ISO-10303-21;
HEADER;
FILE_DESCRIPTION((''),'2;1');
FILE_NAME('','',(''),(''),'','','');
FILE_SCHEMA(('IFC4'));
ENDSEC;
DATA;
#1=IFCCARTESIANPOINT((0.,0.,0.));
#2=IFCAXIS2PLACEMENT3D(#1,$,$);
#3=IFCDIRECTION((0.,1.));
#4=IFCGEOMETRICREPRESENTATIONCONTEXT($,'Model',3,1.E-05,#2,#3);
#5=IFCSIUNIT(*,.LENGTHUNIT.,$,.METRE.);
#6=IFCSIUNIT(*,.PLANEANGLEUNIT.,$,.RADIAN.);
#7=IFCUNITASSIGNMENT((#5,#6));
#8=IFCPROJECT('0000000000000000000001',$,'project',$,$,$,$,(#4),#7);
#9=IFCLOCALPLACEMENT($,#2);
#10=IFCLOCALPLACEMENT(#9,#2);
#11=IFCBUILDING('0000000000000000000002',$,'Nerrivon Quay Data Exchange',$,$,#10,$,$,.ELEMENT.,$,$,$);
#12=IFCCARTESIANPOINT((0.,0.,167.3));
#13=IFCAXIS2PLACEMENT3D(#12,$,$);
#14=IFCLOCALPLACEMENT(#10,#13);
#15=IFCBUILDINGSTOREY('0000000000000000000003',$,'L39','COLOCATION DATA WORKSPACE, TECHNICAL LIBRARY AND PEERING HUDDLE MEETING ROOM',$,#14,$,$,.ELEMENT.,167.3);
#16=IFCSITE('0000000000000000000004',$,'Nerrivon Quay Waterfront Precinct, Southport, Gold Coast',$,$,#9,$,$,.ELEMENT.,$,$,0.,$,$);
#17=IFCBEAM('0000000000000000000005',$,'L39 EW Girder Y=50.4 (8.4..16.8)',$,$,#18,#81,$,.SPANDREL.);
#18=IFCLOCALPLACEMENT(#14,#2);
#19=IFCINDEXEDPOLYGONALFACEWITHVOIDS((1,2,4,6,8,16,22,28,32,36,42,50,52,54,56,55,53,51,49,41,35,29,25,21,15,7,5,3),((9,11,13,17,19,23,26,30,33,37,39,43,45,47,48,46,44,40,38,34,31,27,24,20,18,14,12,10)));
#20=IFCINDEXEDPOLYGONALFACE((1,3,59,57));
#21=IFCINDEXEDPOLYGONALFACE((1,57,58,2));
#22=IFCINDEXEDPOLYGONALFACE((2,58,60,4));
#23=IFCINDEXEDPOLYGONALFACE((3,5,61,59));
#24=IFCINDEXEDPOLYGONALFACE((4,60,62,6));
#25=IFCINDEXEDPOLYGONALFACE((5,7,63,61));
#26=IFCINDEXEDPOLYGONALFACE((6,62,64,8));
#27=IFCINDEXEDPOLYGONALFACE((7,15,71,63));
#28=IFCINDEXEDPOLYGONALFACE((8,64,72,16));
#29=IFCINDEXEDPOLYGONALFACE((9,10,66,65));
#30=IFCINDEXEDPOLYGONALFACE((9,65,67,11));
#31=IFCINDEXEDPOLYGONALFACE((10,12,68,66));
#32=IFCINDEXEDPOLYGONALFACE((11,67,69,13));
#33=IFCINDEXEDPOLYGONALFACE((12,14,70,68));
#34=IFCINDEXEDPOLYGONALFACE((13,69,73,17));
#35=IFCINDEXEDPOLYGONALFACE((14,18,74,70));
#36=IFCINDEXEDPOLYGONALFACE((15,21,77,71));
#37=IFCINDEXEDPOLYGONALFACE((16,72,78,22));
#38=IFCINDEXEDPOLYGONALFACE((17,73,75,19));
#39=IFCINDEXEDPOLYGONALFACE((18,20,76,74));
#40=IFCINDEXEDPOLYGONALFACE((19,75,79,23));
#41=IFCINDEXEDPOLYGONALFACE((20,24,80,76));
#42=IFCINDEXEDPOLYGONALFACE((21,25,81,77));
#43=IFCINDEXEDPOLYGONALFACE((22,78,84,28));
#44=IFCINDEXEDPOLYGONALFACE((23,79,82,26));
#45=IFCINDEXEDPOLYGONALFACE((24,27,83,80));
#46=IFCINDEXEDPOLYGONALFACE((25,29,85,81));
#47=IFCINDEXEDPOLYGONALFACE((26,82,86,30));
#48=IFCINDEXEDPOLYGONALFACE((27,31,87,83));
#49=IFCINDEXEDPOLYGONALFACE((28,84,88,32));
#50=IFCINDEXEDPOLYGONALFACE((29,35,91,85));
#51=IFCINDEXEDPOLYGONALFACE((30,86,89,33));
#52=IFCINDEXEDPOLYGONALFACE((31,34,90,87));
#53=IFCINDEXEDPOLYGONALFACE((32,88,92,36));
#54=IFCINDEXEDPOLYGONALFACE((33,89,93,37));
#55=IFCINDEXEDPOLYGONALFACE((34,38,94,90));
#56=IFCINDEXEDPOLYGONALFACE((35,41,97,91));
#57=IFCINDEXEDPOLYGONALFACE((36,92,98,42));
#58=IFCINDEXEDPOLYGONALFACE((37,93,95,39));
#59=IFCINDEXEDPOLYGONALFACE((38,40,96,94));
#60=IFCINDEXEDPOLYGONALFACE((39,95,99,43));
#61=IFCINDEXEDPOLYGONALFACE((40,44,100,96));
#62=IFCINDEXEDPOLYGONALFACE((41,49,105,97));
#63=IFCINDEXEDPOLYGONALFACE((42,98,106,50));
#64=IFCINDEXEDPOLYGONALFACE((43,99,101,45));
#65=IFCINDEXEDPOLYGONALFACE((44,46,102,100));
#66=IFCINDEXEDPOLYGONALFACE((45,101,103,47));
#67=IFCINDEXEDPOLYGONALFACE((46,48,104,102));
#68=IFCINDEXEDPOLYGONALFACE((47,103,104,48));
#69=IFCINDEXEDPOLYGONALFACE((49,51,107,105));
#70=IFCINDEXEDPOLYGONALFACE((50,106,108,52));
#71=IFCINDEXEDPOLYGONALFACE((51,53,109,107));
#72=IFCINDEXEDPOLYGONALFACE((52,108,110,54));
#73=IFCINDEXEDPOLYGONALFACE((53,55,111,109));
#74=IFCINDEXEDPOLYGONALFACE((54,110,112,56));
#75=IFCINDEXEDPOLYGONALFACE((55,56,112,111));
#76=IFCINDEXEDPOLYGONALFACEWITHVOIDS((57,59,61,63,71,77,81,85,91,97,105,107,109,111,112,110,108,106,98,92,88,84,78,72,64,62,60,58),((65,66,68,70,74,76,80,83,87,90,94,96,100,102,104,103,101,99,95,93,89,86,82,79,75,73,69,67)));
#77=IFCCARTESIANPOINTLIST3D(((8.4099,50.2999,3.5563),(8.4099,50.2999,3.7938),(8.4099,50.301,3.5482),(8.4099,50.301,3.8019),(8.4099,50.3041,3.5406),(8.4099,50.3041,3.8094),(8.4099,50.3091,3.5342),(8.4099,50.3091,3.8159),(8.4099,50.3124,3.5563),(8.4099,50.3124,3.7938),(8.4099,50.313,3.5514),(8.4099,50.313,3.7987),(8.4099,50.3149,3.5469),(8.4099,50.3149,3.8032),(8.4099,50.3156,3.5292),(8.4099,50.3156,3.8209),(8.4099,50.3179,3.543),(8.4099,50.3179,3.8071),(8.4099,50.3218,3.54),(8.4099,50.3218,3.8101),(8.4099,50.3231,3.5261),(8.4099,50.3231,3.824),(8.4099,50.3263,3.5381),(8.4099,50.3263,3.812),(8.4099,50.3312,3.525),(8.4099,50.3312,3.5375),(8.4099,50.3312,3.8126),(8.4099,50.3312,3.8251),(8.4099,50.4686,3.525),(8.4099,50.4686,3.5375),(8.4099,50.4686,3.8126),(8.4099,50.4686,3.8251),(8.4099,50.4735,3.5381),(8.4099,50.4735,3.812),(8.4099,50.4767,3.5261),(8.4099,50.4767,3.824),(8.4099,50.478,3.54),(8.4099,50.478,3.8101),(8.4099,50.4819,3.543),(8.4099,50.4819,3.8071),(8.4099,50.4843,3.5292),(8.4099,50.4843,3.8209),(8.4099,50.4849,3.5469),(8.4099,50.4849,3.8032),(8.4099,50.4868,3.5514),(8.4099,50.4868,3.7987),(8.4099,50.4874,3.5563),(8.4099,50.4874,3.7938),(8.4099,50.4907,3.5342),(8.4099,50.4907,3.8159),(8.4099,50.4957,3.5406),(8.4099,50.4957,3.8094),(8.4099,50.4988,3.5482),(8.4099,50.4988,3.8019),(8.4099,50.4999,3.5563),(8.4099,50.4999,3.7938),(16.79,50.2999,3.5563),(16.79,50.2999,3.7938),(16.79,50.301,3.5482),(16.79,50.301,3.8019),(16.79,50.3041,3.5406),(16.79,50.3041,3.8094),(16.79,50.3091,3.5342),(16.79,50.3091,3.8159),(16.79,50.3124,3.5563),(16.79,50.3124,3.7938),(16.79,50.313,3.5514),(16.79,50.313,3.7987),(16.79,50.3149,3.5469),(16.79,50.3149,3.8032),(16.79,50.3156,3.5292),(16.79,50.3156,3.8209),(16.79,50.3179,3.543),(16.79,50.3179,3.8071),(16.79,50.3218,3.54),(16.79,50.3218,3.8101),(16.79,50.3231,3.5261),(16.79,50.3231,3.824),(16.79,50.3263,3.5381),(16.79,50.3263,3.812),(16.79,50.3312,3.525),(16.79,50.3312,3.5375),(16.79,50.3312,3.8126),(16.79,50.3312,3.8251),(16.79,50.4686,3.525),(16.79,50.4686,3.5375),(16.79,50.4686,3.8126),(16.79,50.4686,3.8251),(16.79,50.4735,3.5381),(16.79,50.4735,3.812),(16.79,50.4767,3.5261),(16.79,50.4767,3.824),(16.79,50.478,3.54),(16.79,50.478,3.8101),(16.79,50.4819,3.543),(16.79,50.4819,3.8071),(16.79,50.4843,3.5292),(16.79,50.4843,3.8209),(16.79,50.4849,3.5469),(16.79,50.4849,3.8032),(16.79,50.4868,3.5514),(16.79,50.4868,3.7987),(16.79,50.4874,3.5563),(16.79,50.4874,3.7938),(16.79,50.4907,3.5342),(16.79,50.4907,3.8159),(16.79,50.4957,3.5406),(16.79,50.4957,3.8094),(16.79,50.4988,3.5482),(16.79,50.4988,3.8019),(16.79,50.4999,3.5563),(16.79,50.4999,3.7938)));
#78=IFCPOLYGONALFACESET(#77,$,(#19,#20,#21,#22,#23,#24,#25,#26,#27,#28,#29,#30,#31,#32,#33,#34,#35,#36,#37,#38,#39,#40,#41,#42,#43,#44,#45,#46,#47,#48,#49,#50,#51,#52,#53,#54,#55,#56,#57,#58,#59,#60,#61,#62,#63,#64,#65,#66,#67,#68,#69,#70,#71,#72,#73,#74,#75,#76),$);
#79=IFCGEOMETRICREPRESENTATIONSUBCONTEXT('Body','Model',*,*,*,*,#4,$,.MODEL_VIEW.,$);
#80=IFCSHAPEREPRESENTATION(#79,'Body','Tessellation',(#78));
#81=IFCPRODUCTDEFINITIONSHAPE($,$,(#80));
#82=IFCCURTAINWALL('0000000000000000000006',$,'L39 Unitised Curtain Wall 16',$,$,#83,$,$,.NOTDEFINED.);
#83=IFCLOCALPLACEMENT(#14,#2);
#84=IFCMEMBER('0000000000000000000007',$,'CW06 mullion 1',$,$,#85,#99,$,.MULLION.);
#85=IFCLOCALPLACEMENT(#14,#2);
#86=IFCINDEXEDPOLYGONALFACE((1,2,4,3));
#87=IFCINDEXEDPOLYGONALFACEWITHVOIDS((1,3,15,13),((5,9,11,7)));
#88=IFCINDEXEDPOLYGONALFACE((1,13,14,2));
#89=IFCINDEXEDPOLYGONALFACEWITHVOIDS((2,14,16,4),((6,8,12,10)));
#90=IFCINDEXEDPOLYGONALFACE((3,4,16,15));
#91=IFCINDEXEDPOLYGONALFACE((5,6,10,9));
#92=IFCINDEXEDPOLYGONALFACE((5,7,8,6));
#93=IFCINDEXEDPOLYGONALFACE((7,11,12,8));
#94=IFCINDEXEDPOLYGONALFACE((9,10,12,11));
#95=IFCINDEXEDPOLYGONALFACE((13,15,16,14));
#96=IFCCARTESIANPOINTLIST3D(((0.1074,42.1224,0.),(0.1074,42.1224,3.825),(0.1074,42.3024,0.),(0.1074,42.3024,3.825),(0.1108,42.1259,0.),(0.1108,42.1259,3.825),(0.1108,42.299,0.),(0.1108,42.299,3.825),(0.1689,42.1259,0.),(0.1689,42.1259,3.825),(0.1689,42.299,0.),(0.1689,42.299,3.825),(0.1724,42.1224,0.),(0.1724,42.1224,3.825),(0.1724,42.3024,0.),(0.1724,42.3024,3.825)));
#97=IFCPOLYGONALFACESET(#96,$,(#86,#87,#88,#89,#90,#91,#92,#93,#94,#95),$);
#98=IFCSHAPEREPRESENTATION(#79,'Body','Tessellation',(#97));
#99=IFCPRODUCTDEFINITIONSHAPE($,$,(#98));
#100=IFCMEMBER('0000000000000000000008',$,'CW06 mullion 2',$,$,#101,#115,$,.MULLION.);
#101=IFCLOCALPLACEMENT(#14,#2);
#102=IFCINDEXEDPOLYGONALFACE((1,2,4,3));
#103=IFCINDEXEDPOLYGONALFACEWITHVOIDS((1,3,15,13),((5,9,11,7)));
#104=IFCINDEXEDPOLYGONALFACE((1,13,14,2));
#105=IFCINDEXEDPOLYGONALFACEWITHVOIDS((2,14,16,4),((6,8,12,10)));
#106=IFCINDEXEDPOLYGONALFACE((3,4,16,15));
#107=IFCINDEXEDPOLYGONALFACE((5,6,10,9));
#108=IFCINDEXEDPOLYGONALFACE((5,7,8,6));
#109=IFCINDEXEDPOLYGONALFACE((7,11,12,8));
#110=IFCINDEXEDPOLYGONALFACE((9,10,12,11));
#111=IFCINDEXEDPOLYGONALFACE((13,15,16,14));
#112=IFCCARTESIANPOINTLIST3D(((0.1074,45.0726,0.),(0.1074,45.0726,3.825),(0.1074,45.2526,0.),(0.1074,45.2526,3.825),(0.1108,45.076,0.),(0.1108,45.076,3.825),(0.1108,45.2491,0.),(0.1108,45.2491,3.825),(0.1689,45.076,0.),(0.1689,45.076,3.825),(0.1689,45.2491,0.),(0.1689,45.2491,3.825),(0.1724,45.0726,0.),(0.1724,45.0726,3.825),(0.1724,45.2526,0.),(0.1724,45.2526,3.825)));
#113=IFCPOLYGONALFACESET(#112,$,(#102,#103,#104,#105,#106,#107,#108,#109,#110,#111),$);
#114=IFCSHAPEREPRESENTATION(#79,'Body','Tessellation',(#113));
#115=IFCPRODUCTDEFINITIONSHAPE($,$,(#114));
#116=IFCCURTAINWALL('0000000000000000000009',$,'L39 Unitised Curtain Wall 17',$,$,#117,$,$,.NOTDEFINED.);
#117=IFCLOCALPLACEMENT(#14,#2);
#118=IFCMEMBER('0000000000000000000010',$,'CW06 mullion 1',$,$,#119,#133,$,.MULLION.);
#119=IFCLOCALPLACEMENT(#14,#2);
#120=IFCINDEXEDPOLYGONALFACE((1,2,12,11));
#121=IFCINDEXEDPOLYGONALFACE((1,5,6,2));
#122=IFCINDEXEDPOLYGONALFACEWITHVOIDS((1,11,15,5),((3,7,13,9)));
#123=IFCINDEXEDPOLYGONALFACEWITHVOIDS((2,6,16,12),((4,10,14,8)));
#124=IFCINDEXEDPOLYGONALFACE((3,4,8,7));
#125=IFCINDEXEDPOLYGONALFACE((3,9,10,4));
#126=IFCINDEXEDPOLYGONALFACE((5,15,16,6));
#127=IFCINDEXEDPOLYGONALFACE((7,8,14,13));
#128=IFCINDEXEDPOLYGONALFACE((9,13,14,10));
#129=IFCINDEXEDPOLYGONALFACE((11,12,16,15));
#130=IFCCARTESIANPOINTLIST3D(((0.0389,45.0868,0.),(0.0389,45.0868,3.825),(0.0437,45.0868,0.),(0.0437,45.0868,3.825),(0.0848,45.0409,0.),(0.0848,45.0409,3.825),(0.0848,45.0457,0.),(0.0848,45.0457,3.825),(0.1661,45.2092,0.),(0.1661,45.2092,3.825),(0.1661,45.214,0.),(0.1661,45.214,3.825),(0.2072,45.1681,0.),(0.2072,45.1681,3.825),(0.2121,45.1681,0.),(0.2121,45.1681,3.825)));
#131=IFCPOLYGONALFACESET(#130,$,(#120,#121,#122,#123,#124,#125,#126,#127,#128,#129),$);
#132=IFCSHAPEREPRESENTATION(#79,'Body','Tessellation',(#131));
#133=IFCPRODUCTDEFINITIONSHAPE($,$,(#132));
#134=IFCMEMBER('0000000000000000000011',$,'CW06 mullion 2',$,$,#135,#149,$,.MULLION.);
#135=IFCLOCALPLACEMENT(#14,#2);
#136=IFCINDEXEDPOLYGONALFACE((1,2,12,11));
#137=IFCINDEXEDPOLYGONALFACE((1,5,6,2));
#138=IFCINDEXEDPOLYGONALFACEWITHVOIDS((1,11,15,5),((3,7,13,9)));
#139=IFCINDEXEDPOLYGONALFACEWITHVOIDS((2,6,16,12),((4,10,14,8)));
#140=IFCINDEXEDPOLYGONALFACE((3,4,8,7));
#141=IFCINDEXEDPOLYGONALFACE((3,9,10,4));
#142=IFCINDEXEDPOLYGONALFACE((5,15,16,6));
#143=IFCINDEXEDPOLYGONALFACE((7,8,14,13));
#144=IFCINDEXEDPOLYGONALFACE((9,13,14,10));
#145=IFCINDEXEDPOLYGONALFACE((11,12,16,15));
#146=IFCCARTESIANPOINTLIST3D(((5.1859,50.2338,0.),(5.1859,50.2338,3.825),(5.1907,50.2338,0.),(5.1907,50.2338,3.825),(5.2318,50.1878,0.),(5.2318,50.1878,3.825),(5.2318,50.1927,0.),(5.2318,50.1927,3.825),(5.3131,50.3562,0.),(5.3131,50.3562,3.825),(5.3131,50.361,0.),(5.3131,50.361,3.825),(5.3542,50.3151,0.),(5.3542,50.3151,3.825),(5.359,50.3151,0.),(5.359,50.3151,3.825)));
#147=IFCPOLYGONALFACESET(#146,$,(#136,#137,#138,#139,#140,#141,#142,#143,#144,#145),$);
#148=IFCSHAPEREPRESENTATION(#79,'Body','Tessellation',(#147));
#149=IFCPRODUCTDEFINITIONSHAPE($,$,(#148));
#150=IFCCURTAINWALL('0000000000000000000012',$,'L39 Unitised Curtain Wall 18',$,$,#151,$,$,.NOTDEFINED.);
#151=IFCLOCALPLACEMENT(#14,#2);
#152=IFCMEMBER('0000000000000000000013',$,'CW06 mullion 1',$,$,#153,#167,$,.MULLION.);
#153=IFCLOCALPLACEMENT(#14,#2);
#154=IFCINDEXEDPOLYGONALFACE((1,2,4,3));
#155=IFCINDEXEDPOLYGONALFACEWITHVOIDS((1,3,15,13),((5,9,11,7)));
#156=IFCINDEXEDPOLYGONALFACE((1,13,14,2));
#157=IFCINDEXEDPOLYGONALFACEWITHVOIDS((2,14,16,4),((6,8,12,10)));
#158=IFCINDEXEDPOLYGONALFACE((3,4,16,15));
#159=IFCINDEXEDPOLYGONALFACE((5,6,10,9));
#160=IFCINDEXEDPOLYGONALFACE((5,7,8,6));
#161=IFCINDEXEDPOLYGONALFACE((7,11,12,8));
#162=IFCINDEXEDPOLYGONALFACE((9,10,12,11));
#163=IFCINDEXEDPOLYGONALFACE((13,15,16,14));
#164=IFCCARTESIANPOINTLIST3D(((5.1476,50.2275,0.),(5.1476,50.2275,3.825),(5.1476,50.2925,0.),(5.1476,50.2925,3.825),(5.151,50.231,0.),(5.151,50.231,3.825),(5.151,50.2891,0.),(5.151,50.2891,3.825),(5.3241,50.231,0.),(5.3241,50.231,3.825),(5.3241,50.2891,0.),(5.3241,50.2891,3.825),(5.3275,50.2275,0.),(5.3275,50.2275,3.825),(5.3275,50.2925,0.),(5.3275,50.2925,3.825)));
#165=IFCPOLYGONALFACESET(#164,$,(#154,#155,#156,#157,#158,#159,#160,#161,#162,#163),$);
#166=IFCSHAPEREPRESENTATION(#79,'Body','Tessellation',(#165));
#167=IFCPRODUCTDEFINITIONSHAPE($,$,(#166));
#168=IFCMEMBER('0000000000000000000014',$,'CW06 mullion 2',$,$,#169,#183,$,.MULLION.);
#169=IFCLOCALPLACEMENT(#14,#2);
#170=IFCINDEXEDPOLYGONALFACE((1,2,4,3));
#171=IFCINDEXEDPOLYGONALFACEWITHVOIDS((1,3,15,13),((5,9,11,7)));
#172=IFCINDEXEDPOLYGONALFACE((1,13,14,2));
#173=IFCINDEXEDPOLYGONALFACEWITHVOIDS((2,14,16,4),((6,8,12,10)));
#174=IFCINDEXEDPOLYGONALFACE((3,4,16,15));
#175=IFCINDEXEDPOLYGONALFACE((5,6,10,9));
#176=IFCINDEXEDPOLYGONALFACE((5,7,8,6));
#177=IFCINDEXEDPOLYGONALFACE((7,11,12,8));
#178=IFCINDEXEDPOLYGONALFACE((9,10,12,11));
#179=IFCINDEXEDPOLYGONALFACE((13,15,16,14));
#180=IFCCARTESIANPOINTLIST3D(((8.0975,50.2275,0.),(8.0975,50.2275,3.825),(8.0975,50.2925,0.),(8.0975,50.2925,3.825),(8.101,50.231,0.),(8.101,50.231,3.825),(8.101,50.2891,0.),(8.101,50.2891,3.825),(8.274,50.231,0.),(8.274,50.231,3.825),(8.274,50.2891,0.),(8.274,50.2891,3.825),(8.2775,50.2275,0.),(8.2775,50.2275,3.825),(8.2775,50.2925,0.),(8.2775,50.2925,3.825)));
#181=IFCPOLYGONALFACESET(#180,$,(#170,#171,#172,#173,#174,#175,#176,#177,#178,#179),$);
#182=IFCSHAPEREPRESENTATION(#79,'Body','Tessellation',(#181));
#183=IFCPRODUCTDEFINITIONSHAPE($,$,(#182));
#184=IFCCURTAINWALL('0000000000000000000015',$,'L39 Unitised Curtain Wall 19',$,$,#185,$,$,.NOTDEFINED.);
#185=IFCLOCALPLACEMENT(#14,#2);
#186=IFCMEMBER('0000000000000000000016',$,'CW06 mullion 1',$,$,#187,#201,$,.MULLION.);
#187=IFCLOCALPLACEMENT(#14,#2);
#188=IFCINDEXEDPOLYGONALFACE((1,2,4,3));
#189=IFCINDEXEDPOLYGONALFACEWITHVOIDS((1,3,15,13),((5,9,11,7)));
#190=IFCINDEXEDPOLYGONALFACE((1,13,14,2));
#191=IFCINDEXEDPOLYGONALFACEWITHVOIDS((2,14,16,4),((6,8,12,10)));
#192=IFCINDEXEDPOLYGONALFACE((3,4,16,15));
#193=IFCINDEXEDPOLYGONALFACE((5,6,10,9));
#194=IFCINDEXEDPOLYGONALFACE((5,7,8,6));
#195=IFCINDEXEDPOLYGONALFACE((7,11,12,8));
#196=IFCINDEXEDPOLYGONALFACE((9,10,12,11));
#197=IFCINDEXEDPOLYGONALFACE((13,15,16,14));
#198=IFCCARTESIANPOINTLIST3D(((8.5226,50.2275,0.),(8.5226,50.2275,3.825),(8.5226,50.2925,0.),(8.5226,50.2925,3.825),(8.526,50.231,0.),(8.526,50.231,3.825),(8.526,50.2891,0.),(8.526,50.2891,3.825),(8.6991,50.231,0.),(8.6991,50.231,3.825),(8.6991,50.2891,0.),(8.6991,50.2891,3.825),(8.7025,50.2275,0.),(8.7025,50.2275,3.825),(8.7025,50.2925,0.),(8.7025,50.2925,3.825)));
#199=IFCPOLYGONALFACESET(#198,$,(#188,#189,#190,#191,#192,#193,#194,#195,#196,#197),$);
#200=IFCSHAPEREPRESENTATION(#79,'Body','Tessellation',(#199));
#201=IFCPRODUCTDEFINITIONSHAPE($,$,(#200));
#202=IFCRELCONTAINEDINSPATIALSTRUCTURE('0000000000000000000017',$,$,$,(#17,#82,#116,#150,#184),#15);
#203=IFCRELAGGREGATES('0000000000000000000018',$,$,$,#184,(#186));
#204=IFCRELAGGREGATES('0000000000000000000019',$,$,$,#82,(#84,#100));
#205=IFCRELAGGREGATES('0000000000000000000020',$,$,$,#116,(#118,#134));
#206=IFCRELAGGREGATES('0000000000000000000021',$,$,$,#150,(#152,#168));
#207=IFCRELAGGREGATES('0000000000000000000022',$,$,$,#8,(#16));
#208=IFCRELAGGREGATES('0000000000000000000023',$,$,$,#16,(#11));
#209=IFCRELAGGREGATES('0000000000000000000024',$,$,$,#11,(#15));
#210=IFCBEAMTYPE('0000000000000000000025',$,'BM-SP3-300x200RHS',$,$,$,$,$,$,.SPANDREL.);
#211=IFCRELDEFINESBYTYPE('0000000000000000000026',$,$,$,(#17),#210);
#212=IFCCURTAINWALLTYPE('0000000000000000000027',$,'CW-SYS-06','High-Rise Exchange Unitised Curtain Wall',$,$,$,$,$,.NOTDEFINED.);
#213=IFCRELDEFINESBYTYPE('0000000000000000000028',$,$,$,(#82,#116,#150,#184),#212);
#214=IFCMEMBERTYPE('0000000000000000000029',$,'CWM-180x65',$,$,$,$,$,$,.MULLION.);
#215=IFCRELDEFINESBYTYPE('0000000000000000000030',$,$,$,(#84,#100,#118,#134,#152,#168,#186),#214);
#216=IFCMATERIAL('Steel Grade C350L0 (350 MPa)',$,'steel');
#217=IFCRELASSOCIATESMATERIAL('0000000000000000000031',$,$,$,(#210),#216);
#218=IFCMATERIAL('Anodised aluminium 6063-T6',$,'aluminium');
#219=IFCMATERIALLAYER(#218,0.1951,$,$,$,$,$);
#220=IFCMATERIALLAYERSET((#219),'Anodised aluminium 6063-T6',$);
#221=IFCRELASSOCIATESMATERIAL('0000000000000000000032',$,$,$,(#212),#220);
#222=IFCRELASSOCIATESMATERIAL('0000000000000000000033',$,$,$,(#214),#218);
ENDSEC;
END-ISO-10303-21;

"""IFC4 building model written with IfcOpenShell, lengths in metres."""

from ifc_helpers import new_model, si_unit, direction, frame, origin, origin_2d, place, context, subcontext, project, spatial, hollow_rectangle, extrude, material, layer, layer_set, material_profile, profile_set, type_object, element, aggregate, save


model = new_model("IFC4")

# Units and contexts
model_context = context("Model", 3, precision=1e-05, world=origin(), true_north=direction((0.0, 1.0)))
body_context = subcontext(model_context, "Body", "Model", "MODEL_VIEW")
ifc_project = project(units=[si_unit("LENGTHUNIT", "METRE"), si_unit("PLANEANGLEUNIT", "RADIAN")], contexts=[model_context])

# Site, building, storey
site_placement = place(None, origin())
site = spatial("IfcSite", under=ifc_project, at=site_placement, Name="Nerrivon Quay Waterfront Precinct, Southport, Gold Coast", CompositionType="ELEMENT", RefElevation=0.0)
building_placement = place(site_placement, origin())
building = spatial("IfcBuilding", under=site, at=building_placement, Name="Nerrivon Quay Data Exchange", CompositionType="ELEMENT")
storey_placement = place(building_placement, frame((0.0, 0.0, 167.3)))
storey = spatial("IfcBuildingStorey", under=building, at=storey_placement, Name="L39", Description="COLOCATION DATA WORKSPACE, TECHNICAL LIBRARY AND PEERING HUDDLE MEETING ROOM", CompositionType="ELEMENT", Elevation=167.3)

# Beam
ifc_material_1 = material(Name="Steel Grade C350L0 (350 MPa)", Category="steel")
ifc_material_profile_1 = material_profile(ifc_material_1, hollow_rectangle(XDim=0.2, YDim=0.3, WallThickness=0.0125, InnerFilletRadius=0.0188, OuterFilletRadius=0.0312, at=origin_2d()), Name="300x200x12.5RHS")
ifc_profile_set_1 = profile_set([ifc_material_profile_1], Name="Steel Grade C350L0 (350 MPa)")
beam_type_1 = type_object("IfcBeamType", Name="BM-SP3-300x200RHS", PredefinedType="SPANDREL", material=ifc_profile_set_1)
beam_1_placement = place(storey_placement, frame((8.4099, 50.3999, 3.675), z_axis=(1.0, 0.0, 0.0), x_axis=(0.0, 1.0, 0.0)))
element("IfcBeam", 1, at=beam_1_placement, inside=storey, type_object=beam_type_1, Name="L39 EW Girder Y=50.4 (8.4..16.8)", PredefinedType="SPANDREL", context=body_context, shape_type="SweptSolid", body=[
    extrude(hollow_rectangle(XDim=0.2, YDim=0.3, WallThickness=0.0125, InnerFilletRadius=0.0188, OuterFilletRadius=0.0312, at=origin_2d()), origin(), (0.0, 0.0, 1.0), 8.3801),
])

# Curtain walls, members
ifc_material_2 = material(Name="Anodised aluminium 6063-T6", Category="aluminium")
ifc_layer_1 = layer(ifc_material_2, 0.1951)
ifc_layer_set_1 = layer_set([ifc_layer_1], Name="Anodised aluminium 6063-T6")
curtain_wall_type = type_object("IfcCurtainWallType", Name="CW-SYS-06", Description="High-Rise Exchange Unitised Curtain Wall", PredefinedType="NOTDEFINED", material=ifc_layer_set_1)
curtain_wall_1_placement = place(storey_placement, origin())
curtain_wall_1 = element("IfcCurtainWall", 2, at=curtain_wall_1_placement, inside=storey, type_object=curtain_wall_type, Name="L39 Unitised Curtain Wall 16", PredefinedType="NOTDEFINED")
ifc_material_profile_2 = material_profile(ifc_material_2, hollow_rectangle(XDim=0.0649, YDim=0.1799, WallThickness=0.0034, at=origin_2d()), Name="ALU-MULL-180x65")
ifc_profile_set_2 = profile_set([ifc_material_profile_2], Name="Anodised aluminium 6063-T6")
member_type_1 = type_object("IfcMemberType", Name="CWM-180x65", PredefinedType="MULLION", material=ifc_profile_set_2)
member_1_placement = place(storey_placement, frame((0.1399, 42.2124, 0.0), z_axis=(0.0, 0.0, 1.0), x_axis=(-1.0, 0.0, 0.0)))
member_1 = element("IfcMember", 3, at=member_1_placement, type_object=member_type_1, Name="CW06 mullion 1", PredefinedType="MULLION", context=body_context, shape_type="SweptSolid", body=[
    extrude(hollow_rectangle(XDim=0.0649, YDim=0.1799, WallThickness=0.0034, at=origin_2d()), origin(), (0.0, 0.0, 1.0), 3.825),
])
member_2_placement = place(storey_placement, frame((0.1399, 45.1626, 0.0), z_axis=(0.0, 0.0, 1.0), x_axis=(-1.0, 0.0, 0.0)))
member_2 = element("IfcMember", 4, at=member_2_placement, type_object=member_type_1, Name="CW06 mullion 2", PredefinedType="MULLION", context=body_context, shape_type="SweptSolid", body=[
    extrude(hollow_rectangle(XDim=0.0649, YDim=0.1799, WallThickness=0.0034, at=origin_2d()), origin(), (0.0, 0.0, 1.0), 3.825),
])
curtain_wall_2_placement = place(storey_placement, origin())
curtain_wall_2 = element("IfcCurtainWall", 5, at=curtain_wall_2_placement, inside=storey, type_object=curtain_wall_type, Name="L39 Unitised Curtain Wall 17", PredefinedType="NOTDEFINED")
member_3_placement = place(storey_placement, frame((0.1255, 45.1274, 0.0), z_axis=(0.0, 0.0, 1.0), x_axis=(-0.707107, 0.707107, 0.0)))
member_3 = element("IfcMember", 6, at=member_3_placement, type_object=member_type_1, Name="CW06 mullion 1", PredefinedType="MULLION", context=body_context, shape_type="SweptSolid", body=[
    extrude(hollow_rectangle(XDim=0.0649, YDim=0.1799, WallThickness=0.0034, at=origin_2d()), origin(), (0.0, 0.0, 1.0), 3.825),
])
member_4_placement = place(storey_placement, frame((5.2725, 50.2744, 0.0), z_axis=(0.0, 0.0, 1.0), x_axis=(-0.707107, 0.707107, 0.0)))
member_4 = element("IfcMember", 7, at=member_4_placement, type_object=member_type_1, Name="CW06 mullion 2", PredefinedType="MULLION", context=body_context, shape_type="SweptSolid", body=[
    extrude(hollow_rectangle(XDim=0.0649, YDim=0.1799, WallThickness=0.0034, at=origin_2d()), origin(), (0.0, 0.0, 1.0), 3.825),
])
curtain_wall_3_placement = place(storey_placement, origin())
curtain_wall_3 = element("IfcCurtainWall", 8, at=curtain_wall_3_placement, inside=storey, type_object=curtain_wall_type, Name="L39 Unitised Curtain Wall 18", PredefinedType="NOTDEFINED")
member_5_placement = place(storey_placement, frame((5.2375, 50.26, 0.0), z_axis=(0.0, 0.0, 1.0), x_axis=(0.0, 1.0, 0.0)))
member_5 = element("IfcMember", 9, at=member_5_placement, type_object=member_type_1, Name="CW06 mullion 1", PredefinedType="MULLION", context=body_context, shape_type="SweptSolid", body=[
    extrude(hollow_rectangle(XDim=0.0649, YDim=0.1799, WallThickness=0.0034, at=origin_2d()), origin(), (0.0, 0.0, 1.0), 3.825),
])
member_6_placement = place(storey_placement, frame((8.1875, 50.26, 0.0), z_axis=(0.0, 0.0, 1.0), x_axis=(0.0, 1.0, 0.0)))
member_6 = element("IfcMember", 10, at=member_6_placement, type_object=member_type_1, Name="CW06 mullion 2", PredefinedType="MULLION", context=body_context, shape_type="SweptSolid", body=[
    extrude(hollow_rectangle(XDim=0.0649, YDim=0.1799, WallThickness=0.0034, at=origin_2d()), origin(), (0.0, 0.0, 1.0), 3.825),
])

# Curtain wall, member
curtain_wall_4_placement = place(storey_placement, origin())
curtain_wall_4 = element("IfcCurtainWall", 11, at=curtain_wall_4_placement, inside=storey, type_object=curtain_wall_type, Name="L39 Unitised Curtain Wall 19", PredefinedType="NOTDEFINED")
member_7_placement = place(storey_placement, frame((8.6125, 50.26, 0.0), z_axis=(0.0, 0.0, 1.0), x_axis=(0.0, 1.0, 0.0)))
member_7 = element("IfcMember", 12, at=member_7_placement, type_object=member_type_1, Name="CW06 mullion 1", PredefinedType="MULLION", context=body_context, shape_type="SweptSolid", body=[
    extrude(hollow_rectangle(XDim=0.0649, YDim=0.1799, WallThickness=0.0034, at=origin_2d()), origin(), (0.0, 0.0, 1.0), 3.825),
])

aggregate(curtain_wall_4, [member_7])

aggregate(curtain_wall_1, [member_1, member_2])
aggregate(curtain_wall_2, [member_3, member_4])
aggregate(curtain_wall_3, [member_5, member_6])

save(model, "model.ifc")
